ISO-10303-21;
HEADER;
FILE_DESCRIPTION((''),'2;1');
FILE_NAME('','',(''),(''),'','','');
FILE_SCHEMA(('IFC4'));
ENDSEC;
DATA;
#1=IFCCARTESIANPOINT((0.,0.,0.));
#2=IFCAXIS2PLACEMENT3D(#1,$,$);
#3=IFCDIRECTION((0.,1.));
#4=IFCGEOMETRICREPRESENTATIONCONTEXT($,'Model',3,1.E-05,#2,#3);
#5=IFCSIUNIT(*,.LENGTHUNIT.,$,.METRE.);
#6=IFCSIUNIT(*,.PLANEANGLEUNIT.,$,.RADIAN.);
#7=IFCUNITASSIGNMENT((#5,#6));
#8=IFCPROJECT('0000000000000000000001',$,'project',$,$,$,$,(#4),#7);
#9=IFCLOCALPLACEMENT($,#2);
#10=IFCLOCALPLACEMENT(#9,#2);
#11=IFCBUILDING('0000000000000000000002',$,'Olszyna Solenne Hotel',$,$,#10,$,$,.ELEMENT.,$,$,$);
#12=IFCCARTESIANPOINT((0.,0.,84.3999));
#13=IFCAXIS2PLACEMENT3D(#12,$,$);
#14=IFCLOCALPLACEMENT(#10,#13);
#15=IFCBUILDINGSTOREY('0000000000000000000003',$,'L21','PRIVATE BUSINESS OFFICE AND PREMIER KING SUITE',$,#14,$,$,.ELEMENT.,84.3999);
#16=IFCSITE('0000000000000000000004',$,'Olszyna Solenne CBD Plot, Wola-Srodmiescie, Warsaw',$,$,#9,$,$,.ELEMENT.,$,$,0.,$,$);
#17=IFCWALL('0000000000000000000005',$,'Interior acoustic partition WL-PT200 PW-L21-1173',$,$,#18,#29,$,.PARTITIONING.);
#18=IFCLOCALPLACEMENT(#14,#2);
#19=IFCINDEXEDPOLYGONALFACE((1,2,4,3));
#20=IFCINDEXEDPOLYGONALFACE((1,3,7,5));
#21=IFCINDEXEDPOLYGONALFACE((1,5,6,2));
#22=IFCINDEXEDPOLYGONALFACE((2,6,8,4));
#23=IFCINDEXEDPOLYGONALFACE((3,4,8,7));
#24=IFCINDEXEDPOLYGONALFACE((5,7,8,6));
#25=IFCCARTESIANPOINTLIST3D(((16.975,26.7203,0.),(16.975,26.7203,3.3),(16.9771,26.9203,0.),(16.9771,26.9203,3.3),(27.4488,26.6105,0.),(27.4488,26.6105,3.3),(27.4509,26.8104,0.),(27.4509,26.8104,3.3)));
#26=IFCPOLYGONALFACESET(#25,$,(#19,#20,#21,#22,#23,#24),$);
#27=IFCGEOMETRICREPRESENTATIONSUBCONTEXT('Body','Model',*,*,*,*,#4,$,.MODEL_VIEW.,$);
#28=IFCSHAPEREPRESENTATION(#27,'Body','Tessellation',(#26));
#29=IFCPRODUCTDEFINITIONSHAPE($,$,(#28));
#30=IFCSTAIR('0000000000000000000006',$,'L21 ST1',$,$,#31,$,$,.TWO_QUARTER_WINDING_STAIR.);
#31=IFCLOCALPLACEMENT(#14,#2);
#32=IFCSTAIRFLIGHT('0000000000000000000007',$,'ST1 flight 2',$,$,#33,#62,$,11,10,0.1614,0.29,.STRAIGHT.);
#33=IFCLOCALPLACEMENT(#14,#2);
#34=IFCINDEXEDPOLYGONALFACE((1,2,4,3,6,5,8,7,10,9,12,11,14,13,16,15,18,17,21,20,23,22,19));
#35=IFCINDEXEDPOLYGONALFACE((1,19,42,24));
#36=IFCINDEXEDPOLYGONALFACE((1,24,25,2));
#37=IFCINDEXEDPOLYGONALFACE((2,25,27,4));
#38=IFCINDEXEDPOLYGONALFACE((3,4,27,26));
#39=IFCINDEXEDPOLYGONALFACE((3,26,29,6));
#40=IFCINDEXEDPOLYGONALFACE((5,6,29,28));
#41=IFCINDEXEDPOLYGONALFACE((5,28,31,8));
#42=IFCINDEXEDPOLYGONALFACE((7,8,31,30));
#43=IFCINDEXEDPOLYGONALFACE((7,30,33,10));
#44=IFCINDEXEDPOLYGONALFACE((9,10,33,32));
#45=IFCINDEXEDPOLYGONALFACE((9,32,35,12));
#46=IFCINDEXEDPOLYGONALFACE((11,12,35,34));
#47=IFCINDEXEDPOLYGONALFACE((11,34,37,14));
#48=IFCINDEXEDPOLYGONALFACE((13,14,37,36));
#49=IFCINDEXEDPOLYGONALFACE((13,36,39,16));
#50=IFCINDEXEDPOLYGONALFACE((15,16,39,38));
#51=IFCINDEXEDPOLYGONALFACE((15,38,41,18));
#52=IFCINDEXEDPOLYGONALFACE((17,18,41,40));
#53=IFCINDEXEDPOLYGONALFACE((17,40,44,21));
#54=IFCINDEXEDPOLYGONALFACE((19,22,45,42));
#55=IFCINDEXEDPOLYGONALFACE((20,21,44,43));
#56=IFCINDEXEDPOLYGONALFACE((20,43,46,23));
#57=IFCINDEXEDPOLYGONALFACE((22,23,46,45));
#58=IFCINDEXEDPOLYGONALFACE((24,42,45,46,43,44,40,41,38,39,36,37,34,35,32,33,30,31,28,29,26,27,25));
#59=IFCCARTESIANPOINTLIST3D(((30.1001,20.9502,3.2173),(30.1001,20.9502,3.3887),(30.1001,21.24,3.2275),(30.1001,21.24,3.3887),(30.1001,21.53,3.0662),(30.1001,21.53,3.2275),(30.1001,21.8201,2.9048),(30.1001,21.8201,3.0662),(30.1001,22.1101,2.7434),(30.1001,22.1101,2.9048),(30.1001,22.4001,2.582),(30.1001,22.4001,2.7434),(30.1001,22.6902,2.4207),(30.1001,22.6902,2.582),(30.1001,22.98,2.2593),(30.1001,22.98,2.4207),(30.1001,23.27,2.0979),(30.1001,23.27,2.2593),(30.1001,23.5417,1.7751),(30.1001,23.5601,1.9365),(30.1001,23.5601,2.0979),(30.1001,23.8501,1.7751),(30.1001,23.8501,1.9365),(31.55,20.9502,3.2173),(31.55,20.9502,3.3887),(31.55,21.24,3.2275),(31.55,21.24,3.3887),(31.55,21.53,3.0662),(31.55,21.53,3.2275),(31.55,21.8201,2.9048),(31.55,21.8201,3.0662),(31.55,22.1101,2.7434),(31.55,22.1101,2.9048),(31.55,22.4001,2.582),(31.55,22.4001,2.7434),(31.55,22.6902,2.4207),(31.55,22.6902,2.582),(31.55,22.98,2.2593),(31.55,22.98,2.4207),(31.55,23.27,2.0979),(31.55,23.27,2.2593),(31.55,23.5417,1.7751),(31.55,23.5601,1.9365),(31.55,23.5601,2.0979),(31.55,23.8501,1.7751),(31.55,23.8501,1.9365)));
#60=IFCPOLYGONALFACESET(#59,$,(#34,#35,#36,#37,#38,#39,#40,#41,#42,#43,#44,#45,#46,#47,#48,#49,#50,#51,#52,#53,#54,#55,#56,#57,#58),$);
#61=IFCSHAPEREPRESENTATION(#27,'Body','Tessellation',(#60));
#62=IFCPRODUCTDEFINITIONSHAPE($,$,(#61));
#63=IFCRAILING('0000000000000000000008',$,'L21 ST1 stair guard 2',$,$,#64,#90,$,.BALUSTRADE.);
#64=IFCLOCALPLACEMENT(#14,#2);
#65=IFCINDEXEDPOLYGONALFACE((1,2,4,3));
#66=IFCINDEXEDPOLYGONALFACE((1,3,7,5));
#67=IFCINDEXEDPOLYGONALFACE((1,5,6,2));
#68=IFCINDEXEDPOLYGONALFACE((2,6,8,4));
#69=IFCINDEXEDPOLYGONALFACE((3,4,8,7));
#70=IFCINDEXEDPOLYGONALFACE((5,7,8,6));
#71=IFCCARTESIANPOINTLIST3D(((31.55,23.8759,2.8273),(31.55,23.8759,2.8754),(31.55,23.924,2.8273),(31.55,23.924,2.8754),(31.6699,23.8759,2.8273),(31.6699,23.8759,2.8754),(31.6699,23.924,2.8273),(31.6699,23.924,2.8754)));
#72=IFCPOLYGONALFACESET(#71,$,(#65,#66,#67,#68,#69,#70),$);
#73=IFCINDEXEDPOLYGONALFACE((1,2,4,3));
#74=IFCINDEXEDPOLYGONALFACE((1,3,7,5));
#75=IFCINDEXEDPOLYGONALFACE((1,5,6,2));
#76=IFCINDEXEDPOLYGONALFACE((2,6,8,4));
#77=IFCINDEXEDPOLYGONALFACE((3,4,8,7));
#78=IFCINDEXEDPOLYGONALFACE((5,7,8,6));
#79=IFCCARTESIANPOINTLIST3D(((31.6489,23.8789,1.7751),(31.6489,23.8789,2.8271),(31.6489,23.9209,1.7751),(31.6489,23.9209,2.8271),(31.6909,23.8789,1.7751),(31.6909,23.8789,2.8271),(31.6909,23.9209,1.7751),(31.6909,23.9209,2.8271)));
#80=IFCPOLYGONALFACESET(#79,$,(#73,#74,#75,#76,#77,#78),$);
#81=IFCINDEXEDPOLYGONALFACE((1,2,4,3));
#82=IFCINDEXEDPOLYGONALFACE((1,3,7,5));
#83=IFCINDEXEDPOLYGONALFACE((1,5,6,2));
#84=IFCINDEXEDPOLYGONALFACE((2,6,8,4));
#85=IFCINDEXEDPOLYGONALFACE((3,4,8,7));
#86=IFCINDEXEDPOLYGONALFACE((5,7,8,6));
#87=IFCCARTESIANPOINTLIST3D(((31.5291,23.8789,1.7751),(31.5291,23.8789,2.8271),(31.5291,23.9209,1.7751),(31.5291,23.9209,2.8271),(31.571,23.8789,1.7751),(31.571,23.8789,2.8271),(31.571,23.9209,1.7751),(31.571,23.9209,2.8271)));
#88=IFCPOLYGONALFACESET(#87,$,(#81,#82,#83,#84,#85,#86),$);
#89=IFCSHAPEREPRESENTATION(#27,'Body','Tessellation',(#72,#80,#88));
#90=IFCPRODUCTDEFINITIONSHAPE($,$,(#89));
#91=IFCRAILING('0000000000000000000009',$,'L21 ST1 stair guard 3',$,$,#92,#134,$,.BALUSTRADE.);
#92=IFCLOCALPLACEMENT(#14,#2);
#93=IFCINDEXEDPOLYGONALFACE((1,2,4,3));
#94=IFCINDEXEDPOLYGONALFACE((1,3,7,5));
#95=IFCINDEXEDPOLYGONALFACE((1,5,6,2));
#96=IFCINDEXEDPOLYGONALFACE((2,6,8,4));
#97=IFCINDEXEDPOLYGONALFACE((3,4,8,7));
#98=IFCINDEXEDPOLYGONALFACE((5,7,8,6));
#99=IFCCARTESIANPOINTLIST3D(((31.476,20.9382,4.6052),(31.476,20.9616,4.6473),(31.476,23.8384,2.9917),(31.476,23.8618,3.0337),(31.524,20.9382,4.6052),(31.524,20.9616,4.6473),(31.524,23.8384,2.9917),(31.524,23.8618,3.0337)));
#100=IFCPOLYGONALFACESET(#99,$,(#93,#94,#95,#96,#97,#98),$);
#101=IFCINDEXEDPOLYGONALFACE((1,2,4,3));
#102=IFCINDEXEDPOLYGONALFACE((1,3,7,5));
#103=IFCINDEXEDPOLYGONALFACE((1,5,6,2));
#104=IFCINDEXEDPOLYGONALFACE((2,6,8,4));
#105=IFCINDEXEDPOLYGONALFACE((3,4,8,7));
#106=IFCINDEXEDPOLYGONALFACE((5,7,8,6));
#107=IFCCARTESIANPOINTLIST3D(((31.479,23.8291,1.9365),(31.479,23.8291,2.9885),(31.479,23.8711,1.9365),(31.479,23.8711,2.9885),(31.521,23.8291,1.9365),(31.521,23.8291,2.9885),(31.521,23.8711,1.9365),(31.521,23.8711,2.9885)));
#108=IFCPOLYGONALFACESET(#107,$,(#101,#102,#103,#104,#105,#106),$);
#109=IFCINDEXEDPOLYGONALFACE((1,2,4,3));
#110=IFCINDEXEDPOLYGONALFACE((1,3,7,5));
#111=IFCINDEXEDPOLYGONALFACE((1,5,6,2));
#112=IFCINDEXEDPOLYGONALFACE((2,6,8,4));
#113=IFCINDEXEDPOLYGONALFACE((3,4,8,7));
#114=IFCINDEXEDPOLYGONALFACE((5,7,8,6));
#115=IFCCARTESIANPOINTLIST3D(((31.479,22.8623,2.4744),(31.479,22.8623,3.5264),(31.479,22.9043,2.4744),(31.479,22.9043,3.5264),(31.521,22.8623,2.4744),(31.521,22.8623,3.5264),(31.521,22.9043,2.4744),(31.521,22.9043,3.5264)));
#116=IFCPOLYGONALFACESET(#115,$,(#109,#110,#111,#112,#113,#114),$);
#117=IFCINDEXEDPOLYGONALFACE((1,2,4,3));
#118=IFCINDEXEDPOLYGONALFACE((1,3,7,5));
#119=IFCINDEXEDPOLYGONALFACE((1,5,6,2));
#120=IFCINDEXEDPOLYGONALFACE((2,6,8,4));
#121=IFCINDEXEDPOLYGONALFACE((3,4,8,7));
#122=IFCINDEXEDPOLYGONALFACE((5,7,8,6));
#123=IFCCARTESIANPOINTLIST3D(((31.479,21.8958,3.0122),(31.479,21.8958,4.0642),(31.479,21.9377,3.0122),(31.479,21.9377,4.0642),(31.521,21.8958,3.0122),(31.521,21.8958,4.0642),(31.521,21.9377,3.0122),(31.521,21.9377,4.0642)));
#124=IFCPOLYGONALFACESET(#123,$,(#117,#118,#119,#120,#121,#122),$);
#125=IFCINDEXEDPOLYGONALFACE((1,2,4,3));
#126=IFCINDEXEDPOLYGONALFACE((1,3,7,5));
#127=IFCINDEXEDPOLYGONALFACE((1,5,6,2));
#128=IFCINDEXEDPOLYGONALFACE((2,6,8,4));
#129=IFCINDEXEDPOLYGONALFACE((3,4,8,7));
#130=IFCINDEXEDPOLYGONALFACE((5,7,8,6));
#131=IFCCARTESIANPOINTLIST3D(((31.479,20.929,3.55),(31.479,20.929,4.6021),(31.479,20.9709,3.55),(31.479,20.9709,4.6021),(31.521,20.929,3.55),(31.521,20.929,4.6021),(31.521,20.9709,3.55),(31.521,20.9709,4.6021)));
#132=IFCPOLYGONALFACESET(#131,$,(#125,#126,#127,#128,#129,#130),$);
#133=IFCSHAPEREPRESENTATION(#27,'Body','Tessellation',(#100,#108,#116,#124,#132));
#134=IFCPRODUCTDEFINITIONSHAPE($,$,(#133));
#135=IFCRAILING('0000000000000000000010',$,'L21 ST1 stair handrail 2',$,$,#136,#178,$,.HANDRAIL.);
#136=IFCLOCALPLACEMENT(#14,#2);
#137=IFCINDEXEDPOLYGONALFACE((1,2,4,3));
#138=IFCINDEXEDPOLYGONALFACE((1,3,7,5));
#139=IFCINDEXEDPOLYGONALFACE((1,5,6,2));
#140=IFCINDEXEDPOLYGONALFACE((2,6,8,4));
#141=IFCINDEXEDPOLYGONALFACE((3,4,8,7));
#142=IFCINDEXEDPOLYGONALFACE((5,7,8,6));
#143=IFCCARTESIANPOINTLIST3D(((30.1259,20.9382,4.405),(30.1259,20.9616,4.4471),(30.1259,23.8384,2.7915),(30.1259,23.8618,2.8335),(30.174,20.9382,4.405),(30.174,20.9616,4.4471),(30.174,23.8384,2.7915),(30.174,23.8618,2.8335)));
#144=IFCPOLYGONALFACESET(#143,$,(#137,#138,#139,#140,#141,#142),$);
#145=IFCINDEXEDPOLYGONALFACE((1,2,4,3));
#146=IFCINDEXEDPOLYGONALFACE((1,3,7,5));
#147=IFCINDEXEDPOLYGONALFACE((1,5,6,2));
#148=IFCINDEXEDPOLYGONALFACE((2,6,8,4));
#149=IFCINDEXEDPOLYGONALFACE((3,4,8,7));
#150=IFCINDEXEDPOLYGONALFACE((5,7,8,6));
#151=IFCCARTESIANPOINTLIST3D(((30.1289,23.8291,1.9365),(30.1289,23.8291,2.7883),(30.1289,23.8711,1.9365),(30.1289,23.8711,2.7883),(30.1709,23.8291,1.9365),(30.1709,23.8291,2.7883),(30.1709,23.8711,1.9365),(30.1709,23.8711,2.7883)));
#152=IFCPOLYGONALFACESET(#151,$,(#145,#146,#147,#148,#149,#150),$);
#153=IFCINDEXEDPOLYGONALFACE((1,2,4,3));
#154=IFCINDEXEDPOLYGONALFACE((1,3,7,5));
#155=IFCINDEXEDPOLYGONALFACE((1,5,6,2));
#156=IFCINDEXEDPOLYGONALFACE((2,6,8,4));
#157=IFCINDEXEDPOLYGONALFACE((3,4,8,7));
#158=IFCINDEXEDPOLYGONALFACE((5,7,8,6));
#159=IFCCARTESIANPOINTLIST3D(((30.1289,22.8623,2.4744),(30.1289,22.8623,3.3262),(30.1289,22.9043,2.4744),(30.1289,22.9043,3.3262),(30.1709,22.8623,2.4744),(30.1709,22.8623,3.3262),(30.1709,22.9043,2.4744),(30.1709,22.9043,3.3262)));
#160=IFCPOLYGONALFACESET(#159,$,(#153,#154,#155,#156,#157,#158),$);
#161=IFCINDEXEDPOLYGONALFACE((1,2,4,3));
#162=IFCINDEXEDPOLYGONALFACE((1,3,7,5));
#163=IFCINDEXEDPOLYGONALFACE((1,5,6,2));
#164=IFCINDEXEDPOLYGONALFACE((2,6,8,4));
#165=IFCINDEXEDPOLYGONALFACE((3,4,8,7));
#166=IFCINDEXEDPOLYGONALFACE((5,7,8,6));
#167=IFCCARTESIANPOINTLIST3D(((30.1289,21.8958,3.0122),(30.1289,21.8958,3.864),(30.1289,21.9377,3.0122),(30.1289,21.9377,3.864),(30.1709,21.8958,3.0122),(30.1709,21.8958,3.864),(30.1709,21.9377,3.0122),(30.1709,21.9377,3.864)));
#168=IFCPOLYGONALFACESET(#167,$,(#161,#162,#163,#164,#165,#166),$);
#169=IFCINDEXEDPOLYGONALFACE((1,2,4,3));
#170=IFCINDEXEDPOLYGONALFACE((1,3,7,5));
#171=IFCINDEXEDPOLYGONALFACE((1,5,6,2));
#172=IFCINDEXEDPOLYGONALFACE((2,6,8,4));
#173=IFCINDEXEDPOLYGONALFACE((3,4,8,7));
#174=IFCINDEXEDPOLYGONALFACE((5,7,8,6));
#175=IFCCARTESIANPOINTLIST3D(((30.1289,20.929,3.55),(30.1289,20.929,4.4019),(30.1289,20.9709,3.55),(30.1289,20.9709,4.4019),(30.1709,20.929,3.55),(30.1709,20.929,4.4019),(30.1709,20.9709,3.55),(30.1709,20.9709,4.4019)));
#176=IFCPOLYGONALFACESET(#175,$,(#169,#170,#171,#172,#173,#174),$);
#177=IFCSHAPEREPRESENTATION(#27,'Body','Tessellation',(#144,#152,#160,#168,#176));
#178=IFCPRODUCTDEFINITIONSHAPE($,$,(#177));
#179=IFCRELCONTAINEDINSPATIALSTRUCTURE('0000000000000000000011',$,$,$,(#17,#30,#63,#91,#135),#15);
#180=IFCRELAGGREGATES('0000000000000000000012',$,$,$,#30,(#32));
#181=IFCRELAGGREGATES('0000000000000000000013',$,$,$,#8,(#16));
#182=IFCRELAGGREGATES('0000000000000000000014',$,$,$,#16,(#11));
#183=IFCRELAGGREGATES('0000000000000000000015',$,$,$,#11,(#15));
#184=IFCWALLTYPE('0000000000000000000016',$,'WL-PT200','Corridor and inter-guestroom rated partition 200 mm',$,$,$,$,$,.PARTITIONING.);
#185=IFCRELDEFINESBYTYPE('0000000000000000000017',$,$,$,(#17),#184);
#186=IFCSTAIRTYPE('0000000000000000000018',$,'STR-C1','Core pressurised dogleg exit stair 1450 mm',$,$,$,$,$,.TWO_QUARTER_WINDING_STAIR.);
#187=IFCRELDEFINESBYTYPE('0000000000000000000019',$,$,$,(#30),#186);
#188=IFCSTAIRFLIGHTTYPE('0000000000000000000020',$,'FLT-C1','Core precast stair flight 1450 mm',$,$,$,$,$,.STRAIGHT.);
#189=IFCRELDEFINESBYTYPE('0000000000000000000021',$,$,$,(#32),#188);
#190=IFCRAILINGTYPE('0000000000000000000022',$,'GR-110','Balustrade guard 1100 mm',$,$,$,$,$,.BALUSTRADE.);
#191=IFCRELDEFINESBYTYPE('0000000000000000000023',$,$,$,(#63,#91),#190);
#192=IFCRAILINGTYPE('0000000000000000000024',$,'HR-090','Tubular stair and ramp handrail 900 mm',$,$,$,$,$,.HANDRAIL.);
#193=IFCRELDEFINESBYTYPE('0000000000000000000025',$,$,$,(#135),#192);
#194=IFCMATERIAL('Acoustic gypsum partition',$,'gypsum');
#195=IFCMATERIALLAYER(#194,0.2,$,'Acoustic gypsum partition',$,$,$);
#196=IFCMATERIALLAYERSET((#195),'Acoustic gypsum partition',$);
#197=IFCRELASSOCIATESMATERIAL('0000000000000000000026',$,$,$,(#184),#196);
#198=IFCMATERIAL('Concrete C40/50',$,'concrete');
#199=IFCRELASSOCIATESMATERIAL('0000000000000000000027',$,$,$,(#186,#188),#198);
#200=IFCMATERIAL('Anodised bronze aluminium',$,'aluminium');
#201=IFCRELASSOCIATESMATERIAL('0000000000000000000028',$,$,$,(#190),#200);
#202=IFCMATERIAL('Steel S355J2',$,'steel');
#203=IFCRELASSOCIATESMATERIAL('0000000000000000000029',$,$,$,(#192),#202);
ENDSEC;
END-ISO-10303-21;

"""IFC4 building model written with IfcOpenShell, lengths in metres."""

from ifc_helpers import new_model, si_unit, direction, frame, frame_2d, origin, origin_2d, place, context, subcontext, project, spatial, polyline, rectangle, outline, extrude, material, layer, layer_set, type_object, element, aggregate, save


model = new_model("IFC4")

# Units and contexts
model_context = context("Model", 3, precision=1e-05, world=origin(), true_north=direction((0.0, 1.0)))
body_context = subcontext(model_context, "Body", "Model", "MODEL_VIEW")
ifc_project = project(units=[si_unit("LENGTHUNIT", "METRE"), si_unit("PLANEANGLEUNIT", "RADIAN")], contexts=[model_context])

# Site, building, storey
site_placement = place(None, origin())
site = spatial("IfcSite", under=ifc_project, at=site_placement, Name="Olszyna Solenne CBD Plot, Wola-Srodmiescie, Warsaw", CompositionType="ELEMENT", RefElevation=0.0)
building_placement = place(site_placement, origin())
building = spatial("IfcBuilding", under=site, at=building_placement, Name="Olszyna Solenne Hotel", CompositionType="ELEMENT")
storey_placement = place(building_placement, frame((0.0, 0.0, 84.3999)))
storey = spatial("IfcBuildingStorey", under=building, at=storey_placement, Name="L21", Description="PRIVATE BUSINESS OFFICE AND PREMIER KING SUITE", CompositionType="ELEMENT", Elevation=84.3999)

# Shared definitions
ifc_material_1 = material(Name="Anodised bronze aluminium", Category="aluminium")

# Wall
ifc_material_2 = material(Name="Acoustic gypsum partition", Category="gypsum")
ifc_layer_1 = layer(ifc_material_2, 0.2, Name="Acoustic gypsum partition")
ifc_layer_set_1 = layer_set([ifc_layer_1], Name="Acoustic gypsum partition")
wall_type_1 = type_object("IfcWallType", Name="WL-PT200", Description="Corridor and inter-guestroom rated partition 200 mm", PredefinedType="PARTITIONING", material=ifc_layer_set_1)
wall_1_placement = place(storey_placement, frame((27.45, 26.7104, 0.0), z_axis=(0.0, 0.0, 1.0), x_axis=(-0.999945, 0.010489, 0.0)))
element("IfcWall", 1, at=wall_1_placement, inside=storey, type_object=wall_type_1, Name="Interior acoustic partition WL-PT200 PW-L21-1173", PredefinedType="PARTITIONING", context=body_context, shape_type="SweptSolid", body=[
    extrude(rectangle(XDim=10.4744, YDim=0.2, at=frame_2d((5.2373, 0.0))), origin(), (0.0, 0.0, 1.0), 3.3),
])

# Stair, stair flight
ifc_material_3 = material(Name="Concrete C40/50", Category="concrete")
stair_type = type_object("IfcStairType", Name="STR-C1", Description="Core pressurised dogleg exit stair 1450 mm", PredefinedType="TWO_QUARTER_WINDING_STAIR", material=ifc_material_3)
stair_placement = place(storey_placement, origin())
stair = element("IfcStair", 2, at=stair_placement, inside=storey, type_object=stair_type, Name="L21 ST1", PredefinedType="TWO_QUARTER_WINDING_STAIR")
stair_flight_type = type_object("IfcStairFlightType", Name="FLT-C1", Description="Core precast stair flight 1450 mm", PredefinedType="STRAIGHT", material=ifc_material_3)
stair_flight_placement = place(storey_placement, frame((30.825, 23.8501, 1.7751), z_axis=(0.0, 0.0, 1.0), x_axis=(0.0, -1.0, 0.0)))
stair_flight = element("IfcStairFlight", 3, at=stair_flight_placement, type_object=stair_flight_type, Name="ST1 flight 2", NumberOfRisers=11, NumberOfTreads=10, PredefinedType="STRAIGHT", RiserHeight=0.1614, TreadLength=0.29, context=body_context, shape_type="SweptSolid", body=[
    extrude(outline(polyline([(0.0, 0.0), (0.0, 0.1614), (0.29, 0.1614), (0.29, 0.3228), (0.5801, 0.3228), (0.5801, 0.4841), (0.8701, 0.4841), (0.8701, 0.6455), (1.1599, 0.6455), (1.1599, 0.8069), (1.45, 0.8069), (1.45, 0.9683), (1.74, 0.9683), (1.74, 1.1296), (2.03, 1.1296), (2.03, 1.291), (2.3201, 1.291), (2.3201, 1.4524), (2.6101, 1.4524), (2.6101, 1.6135), (2.8999, 1.6135), (2.8999, 1.7749), (2.8999, 1.4421), (0.3083, 0.0), (0.0, 0.0)])), frame((0.0, 0.7251, 0.0), z_axis=(0.0, -1.0, 0.0), x_axis=(1.0, 0.0, 0.0)), (0.0, 0.0, 1.0), 1.45),
])
aggregate(stair, [stair_flight])

# Railings
railing_type_1 = type_object("IfcRailingType", Name="GR-110", Description="Balustrade guard 1100 mm", PredefinedType="BALUSTRADE", material=ifc_material_1)
railing_1_placement = place(storey_placement, frame((31.6699, 23.8999, 1.7751)))
element("IfcRailing", 4, at=railing_1_placement, inside=storey, type_object=railing_type_1, Name="L21 ST1 stair guard 2", PredefinedType="BALUSTRADE", context=body_context, shape_type="SweptSolid", body=[
    extrude(rectangle(XDim=0.0481, YDim=0.0481, at=origin_2d()), frame((0.0, 0.0, 1.0762), z_axis=(-1.0, 0.0, 0.0), x_axis=(0.0, -1.0, 0.0)), (0.0, 0.0, 1.0), 0.1199),
    extrude(rectangle(XDim=0.042, YDim=0.042, at=origin_2d()), origin(), (0.0, 0.0, 1.0), 1.052),
    extrude(rectangle(XDim=0.042, YDim=0.042, at=origin_2d()), frame((-0.1199, 0.0, 0.0)), (0.0, 0.0, 1.0), 1.052),
])
railing_2_placement = place(storey_placement, frame((31.5, 23.8501, 1.9365)))
element("IfcRailing", 5, at=railing_2_placement, inside=storey, type_object=railing_type_1, Name="L21 ST1 stair guard 3", PredefinedType="BALUSTRADE", context=body_context, shape_type="SweptSolid", body=[
    extrude(rectangle(XDim=0.0481, YDim=0.0481, at=origin_2d()), frame((0.0, 0.0, 1.0762), z_axis=(0.0, -0.873859, 0.48618), x_axis=(1.0, 0.0, 0.0)), (0.0, 0.0, 1.0), 3.3188),
    extrude(rectangle(XDim=0.042, YDim=0.042, at=origin_2d()), origin(), (0.0, 0.0, 1.0), 1.052),
    extrude(rectangle(XDim=0.042, YDim=0.042, at=origin_2d()), frame((0.0, -0.9668, 0.5378)), (0.0, 0.0, 1.0), 1.052),
    extrude(rectangle(XDim=0.042, YDim=0.042, at=origin_2d()), frame((0.0, -1.9333, 1.0757)), (0.0, 0.0, 1.0), 1.052),
    extrude(rectangle(XDim=0.042, YDim=0.042, at=origin_2d()), frame((0.0, -2.9001, 1.6135)), (0.0, 0.0, 1.0), 1.052),
])
ifc_material_4 = material(Name="Steel S355J2", Category="steel")
railing_type_2 = type_object("IfcRailingType", Name="HR-090", Description="Tubular stair and ramp handrail 900 mm", PredefinedType="HANDRAIL", material=ifc_material_4)
railing_3_placement = place(storey_placement, frame((30.1499, 23.8501, 1.9365)))
element("IfcRailing", 6, at=railing_3_placement, inside=storey, type_object=railing_type_2, Name="L21 ST1 stair handrail 2", PredefinedType="HANDRAIL", context=body_context, shape_type="SweptSolid", body=[
    extrude(rectangle(XDim=0.0481, YDim=0.0481, at=origin_2d()), frame((0.0, 0.0, 0.876), z_axis=(0.0, -0.873859, 0.48618), x_axis=(1.0, 0.0, 0.0)), (0.0, 0.0, 1.0), 3.3188),
    extrude(rectangle(XDim=0.042, YDim=0.042, at=origin_2d()), origin(), (0.0, 0.0, 1.0), 0.8518),
    extrude(rectangle(XDim=0.042, YDim=0.042, at=origin_2d()), frame((0.0, -0.9668, 0.5378)), (0.0, 0.0, 1.0), 0.8518),
    extrude(rectangle(XDim=0.042, YDim=0.042, at=origin_2d()), frame((0.0, -1.9333, 1.0757)), (0.0, 0.0, 1.0), 0.8518),
    extrude(rectangle(XDim=0.042, YDim=0.042, at=origin_2d()), frame((0.0, -2.9001, 1.6135)), (0.0, 0.0, 1.0), 0.8518),
])

save(model, "model.ifc")
